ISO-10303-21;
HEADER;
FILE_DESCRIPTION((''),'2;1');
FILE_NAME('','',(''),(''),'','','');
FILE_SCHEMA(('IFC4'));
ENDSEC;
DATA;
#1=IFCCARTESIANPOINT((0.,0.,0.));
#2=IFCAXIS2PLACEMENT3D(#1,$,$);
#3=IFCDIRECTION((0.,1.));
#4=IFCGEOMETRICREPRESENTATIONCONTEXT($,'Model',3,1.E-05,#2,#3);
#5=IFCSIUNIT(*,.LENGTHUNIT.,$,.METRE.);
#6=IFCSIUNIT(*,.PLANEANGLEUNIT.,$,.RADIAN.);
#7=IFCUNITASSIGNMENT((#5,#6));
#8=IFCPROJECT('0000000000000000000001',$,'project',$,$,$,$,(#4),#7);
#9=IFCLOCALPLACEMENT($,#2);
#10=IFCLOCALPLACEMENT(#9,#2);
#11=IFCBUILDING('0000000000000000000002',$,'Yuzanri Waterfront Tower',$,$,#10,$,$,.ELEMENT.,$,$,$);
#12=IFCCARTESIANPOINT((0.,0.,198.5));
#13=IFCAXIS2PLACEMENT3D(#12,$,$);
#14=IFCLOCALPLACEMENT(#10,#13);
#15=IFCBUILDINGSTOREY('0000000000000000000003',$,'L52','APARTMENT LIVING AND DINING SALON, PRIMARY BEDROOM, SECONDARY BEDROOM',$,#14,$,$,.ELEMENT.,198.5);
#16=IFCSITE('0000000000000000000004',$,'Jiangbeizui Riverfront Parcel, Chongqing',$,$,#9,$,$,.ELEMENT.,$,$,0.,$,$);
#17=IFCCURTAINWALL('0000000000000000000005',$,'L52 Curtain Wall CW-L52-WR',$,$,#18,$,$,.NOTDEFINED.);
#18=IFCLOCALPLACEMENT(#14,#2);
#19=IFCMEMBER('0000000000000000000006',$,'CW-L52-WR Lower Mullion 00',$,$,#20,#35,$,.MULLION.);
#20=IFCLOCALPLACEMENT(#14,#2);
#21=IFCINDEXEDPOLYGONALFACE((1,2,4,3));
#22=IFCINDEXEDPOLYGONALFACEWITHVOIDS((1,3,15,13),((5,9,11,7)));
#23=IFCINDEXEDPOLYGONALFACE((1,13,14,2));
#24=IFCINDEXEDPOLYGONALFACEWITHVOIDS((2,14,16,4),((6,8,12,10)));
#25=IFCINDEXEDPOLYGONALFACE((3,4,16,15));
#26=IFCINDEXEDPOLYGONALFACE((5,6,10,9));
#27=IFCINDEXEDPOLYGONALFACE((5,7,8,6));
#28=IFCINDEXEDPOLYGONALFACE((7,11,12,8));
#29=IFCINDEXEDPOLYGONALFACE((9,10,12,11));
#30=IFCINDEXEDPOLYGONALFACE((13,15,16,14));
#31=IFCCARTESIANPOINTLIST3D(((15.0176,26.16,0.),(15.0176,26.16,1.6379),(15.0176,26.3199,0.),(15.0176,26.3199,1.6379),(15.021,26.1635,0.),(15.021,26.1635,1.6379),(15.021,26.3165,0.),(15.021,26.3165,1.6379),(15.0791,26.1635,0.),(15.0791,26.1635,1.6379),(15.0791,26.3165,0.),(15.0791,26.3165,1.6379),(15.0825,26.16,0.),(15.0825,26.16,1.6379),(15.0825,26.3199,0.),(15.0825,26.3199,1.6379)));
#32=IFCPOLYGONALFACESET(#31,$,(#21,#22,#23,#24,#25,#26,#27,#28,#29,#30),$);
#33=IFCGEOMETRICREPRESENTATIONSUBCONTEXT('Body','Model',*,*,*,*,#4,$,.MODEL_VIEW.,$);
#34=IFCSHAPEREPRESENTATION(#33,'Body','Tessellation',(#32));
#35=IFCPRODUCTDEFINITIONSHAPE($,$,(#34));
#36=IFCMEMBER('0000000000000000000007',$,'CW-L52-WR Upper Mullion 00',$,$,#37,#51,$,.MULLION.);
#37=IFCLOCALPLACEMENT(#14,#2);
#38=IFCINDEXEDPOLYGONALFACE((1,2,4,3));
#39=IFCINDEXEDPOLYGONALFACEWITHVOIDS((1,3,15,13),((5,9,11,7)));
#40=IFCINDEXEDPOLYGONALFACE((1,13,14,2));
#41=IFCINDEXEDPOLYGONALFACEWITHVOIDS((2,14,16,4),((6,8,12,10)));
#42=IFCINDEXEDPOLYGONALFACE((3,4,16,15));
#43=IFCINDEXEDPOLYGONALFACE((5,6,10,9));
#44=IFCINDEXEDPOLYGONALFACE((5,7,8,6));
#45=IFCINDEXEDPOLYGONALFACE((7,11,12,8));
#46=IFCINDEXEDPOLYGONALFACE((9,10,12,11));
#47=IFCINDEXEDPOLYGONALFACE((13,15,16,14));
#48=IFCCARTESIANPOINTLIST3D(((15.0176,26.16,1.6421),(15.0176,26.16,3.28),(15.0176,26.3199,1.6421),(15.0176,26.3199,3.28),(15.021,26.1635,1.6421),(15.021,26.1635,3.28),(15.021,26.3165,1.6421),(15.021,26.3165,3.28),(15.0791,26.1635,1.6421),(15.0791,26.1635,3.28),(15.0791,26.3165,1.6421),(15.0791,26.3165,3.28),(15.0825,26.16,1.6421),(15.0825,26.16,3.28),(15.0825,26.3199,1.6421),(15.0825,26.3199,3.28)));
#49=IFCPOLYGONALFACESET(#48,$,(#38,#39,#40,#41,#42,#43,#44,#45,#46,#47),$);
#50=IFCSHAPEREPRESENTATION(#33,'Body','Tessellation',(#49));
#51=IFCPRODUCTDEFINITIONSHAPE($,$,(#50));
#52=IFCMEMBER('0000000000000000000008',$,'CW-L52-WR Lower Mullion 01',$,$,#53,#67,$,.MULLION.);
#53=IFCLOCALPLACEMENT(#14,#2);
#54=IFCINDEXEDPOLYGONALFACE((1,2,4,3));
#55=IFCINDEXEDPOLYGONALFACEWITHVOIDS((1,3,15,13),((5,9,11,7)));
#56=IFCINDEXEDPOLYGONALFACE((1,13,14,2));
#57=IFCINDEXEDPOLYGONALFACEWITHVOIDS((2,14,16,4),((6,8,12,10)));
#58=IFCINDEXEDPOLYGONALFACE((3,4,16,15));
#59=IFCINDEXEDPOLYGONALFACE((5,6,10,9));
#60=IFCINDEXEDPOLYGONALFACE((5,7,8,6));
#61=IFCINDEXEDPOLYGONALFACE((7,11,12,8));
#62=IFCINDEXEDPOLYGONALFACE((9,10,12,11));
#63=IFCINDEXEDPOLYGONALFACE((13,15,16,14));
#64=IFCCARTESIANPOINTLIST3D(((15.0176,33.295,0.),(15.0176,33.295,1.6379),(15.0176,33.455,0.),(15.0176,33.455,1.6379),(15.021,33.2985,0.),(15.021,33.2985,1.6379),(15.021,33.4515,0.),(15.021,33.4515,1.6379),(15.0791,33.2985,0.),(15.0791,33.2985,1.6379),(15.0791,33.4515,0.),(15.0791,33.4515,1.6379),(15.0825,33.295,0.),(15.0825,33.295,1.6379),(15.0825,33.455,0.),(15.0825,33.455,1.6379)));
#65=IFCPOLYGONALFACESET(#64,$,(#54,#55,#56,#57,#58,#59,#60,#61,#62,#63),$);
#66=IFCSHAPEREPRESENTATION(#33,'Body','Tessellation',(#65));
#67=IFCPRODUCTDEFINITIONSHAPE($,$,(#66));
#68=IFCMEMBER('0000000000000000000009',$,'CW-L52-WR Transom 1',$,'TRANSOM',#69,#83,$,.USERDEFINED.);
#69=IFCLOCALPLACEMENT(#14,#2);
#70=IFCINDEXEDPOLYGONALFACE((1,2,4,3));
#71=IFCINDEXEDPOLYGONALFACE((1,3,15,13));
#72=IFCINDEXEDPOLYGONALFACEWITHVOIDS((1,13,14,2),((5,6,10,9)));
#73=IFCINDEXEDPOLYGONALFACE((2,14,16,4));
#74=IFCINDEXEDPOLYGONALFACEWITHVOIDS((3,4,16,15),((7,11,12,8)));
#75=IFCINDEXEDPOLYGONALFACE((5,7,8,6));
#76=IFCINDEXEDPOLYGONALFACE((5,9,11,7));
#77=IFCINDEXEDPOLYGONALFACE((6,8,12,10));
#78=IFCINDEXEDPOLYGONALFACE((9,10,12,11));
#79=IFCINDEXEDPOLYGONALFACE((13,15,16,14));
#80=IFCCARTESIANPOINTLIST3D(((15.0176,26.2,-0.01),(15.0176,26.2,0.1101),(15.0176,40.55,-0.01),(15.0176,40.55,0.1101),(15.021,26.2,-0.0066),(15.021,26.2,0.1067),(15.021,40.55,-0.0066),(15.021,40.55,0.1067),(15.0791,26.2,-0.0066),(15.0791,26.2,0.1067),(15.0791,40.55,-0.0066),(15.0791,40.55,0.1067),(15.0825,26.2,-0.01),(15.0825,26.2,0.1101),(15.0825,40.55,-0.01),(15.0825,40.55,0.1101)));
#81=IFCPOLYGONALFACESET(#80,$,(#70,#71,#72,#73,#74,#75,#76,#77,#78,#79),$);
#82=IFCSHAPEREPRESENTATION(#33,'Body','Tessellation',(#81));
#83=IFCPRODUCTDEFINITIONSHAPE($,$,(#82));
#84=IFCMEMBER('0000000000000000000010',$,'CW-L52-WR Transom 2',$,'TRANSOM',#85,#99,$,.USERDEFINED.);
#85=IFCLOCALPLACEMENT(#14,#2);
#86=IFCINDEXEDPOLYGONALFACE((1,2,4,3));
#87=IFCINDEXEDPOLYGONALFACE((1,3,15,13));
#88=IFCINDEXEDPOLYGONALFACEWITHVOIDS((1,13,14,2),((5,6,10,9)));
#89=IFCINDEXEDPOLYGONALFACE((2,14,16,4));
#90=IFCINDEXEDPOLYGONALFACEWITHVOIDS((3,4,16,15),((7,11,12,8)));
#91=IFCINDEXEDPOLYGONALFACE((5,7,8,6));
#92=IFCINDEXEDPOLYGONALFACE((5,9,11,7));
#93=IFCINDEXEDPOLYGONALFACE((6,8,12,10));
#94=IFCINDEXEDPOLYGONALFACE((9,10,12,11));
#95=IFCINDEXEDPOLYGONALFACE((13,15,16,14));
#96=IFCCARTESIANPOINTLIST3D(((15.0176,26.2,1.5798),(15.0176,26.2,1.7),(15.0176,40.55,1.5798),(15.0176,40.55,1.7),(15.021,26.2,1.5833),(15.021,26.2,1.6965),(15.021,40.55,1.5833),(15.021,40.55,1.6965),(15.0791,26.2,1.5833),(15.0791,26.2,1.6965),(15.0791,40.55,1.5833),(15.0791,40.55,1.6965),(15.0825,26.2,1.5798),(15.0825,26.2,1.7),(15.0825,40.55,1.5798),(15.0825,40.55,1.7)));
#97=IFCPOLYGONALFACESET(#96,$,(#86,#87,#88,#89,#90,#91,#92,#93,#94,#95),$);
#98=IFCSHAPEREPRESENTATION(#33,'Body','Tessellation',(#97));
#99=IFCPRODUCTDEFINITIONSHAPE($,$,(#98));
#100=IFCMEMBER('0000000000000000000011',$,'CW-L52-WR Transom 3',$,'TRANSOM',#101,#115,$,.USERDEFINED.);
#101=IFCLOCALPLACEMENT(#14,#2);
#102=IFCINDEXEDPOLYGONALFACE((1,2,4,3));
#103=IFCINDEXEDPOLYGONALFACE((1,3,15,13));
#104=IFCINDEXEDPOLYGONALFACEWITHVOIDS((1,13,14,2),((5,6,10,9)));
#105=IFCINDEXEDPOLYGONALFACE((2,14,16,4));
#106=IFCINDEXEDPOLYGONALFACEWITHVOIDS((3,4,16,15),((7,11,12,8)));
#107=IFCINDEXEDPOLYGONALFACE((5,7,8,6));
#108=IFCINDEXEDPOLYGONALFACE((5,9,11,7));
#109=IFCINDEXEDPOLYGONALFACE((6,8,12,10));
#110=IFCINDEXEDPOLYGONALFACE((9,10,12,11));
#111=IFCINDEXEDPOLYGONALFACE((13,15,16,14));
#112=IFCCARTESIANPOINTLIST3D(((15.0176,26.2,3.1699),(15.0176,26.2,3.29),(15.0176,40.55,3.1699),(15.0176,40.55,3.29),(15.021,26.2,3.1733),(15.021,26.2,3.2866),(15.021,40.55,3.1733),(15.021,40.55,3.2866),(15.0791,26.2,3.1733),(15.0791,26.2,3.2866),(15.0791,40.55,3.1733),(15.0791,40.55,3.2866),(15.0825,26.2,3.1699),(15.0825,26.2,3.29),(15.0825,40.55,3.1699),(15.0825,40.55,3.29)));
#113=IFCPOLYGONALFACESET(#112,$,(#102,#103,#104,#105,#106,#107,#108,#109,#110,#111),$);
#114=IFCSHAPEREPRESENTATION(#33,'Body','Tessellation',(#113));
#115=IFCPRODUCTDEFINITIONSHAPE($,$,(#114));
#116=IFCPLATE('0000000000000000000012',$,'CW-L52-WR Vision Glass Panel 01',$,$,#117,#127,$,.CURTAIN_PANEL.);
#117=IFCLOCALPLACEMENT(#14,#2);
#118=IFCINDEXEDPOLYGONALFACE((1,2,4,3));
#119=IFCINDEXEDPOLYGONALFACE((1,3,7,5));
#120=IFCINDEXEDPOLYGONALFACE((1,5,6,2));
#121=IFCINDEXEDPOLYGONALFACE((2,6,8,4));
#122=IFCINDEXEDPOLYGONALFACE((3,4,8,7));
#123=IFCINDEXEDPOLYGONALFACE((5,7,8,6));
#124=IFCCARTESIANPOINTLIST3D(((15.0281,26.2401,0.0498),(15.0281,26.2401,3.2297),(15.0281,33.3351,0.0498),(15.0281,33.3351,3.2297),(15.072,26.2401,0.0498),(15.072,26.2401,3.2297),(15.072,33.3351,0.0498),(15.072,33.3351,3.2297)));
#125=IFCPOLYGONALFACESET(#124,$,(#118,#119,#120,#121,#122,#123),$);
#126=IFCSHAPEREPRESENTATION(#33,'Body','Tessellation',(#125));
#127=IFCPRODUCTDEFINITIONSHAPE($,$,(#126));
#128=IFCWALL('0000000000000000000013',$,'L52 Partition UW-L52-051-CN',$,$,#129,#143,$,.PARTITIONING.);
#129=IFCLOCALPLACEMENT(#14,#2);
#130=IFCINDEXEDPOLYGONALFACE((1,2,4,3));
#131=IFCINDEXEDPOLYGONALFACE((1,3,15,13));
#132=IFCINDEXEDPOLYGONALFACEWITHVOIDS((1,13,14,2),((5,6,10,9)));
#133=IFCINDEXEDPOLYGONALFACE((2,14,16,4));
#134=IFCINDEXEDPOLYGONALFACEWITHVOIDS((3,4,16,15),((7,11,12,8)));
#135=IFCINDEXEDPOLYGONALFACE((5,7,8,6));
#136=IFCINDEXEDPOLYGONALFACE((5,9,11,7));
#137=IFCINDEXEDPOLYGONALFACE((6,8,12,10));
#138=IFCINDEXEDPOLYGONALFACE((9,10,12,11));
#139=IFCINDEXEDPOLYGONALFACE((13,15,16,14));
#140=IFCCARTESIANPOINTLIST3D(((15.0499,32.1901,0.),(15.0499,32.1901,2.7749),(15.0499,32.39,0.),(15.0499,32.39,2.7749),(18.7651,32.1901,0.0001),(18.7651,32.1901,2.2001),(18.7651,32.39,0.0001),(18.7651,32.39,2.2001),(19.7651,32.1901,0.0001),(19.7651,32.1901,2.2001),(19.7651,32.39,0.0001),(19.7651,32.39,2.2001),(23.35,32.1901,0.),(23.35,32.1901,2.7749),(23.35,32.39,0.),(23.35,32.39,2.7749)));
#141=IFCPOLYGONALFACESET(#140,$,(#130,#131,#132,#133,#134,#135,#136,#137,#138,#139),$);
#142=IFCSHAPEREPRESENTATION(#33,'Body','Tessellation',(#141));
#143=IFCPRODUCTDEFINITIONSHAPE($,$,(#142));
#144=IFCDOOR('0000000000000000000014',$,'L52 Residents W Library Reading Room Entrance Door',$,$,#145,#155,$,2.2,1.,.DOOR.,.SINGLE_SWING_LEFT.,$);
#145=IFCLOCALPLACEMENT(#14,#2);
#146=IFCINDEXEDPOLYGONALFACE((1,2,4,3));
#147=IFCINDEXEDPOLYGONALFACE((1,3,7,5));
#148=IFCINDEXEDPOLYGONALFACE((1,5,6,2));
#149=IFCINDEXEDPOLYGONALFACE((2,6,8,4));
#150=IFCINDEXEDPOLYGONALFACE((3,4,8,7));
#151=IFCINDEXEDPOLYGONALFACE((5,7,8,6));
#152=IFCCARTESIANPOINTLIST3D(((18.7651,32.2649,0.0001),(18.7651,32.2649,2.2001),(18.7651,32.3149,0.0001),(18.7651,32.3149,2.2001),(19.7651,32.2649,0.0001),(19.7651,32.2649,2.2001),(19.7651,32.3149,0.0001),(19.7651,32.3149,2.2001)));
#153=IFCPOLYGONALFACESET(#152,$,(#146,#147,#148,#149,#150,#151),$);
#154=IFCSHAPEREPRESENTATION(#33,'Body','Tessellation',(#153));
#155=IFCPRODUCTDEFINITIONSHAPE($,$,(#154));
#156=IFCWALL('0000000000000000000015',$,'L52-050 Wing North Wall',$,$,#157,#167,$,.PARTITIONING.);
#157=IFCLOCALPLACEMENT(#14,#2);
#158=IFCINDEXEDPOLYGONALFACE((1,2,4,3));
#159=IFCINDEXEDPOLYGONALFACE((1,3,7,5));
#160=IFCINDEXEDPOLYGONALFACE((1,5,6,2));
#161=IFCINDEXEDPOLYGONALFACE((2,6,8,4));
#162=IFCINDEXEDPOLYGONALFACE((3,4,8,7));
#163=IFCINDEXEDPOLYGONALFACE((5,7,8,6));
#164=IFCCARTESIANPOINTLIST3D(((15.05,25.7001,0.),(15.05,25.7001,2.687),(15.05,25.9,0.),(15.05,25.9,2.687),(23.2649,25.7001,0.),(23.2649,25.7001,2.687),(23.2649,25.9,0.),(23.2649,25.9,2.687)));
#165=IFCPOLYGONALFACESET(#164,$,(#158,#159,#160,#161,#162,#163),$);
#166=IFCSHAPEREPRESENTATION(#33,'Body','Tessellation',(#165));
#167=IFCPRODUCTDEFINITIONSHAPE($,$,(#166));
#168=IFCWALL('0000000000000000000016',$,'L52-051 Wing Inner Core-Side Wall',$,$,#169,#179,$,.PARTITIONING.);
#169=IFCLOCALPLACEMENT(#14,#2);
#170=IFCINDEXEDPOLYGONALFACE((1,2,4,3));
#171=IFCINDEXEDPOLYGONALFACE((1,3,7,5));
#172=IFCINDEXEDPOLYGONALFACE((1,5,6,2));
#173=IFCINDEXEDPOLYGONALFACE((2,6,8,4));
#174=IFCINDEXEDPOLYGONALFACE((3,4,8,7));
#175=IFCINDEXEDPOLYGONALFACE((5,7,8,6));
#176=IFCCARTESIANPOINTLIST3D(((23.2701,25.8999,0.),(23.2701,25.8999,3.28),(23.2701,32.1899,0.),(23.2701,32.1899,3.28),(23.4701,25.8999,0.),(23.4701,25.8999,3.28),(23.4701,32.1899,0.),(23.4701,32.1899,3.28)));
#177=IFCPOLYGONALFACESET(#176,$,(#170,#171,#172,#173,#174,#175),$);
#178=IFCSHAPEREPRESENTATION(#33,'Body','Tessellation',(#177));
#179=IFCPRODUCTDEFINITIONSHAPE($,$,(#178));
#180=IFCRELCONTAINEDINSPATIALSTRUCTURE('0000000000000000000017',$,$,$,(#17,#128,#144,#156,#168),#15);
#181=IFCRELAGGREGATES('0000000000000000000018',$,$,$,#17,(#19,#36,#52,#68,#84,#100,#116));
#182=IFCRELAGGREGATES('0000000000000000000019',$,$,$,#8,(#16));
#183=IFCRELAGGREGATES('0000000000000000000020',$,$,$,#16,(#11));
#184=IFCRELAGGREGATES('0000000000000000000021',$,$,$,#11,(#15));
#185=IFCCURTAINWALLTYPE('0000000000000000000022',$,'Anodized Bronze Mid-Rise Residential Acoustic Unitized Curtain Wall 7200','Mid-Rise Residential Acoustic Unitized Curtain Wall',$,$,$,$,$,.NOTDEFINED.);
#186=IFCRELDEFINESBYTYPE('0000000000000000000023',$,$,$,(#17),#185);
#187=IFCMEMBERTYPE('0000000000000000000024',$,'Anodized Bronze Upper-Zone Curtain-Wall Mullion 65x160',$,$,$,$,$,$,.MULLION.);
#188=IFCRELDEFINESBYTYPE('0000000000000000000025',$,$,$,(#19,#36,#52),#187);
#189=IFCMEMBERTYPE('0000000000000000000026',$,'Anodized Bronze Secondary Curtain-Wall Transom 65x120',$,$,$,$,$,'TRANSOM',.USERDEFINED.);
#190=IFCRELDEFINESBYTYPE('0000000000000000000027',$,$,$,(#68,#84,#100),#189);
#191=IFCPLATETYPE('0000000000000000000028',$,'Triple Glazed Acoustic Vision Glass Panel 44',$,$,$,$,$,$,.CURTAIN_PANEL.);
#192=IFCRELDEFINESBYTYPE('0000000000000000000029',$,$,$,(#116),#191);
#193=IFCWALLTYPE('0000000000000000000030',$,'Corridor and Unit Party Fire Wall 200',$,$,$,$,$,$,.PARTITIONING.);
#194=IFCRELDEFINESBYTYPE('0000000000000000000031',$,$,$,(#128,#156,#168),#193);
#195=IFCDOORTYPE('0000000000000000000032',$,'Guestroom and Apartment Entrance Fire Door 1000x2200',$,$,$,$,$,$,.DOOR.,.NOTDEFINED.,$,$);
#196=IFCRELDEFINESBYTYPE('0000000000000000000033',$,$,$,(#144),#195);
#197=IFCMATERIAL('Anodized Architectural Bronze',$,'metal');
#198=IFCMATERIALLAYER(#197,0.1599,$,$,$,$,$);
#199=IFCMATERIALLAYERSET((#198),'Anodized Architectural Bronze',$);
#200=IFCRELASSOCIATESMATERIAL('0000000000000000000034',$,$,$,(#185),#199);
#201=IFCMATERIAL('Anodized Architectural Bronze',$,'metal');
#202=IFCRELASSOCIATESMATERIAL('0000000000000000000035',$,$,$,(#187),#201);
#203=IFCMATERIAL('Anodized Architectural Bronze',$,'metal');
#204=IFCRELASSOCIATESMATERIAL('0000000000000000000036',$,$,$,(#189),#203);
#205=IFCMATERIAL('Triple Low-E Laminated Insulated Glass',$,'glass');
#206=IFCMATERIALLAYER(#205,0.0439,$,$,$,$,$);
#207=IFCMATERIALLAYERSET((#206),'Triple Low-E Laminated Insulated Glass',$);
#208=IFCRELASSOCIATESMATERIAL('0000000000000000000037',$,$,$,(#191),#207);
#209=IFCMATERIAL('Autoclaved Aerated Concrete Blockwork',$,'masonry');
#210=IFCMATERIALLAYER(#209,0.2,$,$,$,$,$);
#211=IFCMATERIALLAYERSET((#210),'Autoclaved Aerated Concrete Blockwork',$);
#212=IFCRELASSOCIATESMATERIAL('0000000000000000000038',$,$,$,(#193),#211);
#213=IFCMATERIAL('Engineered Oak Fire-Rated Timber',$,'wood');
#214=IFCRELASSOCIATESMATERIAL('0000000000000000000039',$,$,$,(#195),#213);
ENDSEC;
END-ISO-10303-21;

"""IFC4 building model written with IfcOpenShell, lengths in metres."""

from ifc_helpers import new_model, si_unit, direction, frame, frame_2d, origin, origin_2d, place, context, subcontext, project, spatial, rectangle, hollow_rectangle, extrude, source, transform, mapped, material, layer, layer_set, material_profile, profile_set, type_object, element, fill, aggregate, save


model = new_model("IFC4")

# Units and contexts
model_context = context("Model", 3, precision=1e-05, world=origin(), true_north=direction((0.0, 1.0)))
body_context = subcontext(model_context, "Body", "Model", "MODEL_VIEW")
ifc_project = project(units=[si_unit("LENGTHUNIT", "METRE"), si_unit("PLANEANGLEUNIT", "RADIAN")], contexts=[model_context])

# Site, building, storey
site_placement = place(None, origin())
site = spatial("IfcSite", under=ifc_project, at=site_placement, Name="Jiangbeizui Riverfront Parcel, Chongqing", CompositionType="ELEMENT", RefElevation=0.0)
building_placement = place(site_placement, origin())
building = spatial("IfcBuilding", under=site, at=building_placement, Name="Yuzanri Waterfront Tower", CompositionType="ELEMENT")
storey_placement = place(building_placement, frame((0.0, 0.0, 198.5)))
storey = spatial("IfcBuildingStorey", under=building, at=storey_placement, Name="L52", Description="APARTMENT LIVING AND DINING SALON, PRIMARY BEDROOM, SECONDARY BEDROOM", CompositionType="ELEMENT", Elevation=198.5)

# Shared definitions
ifc_material_1 = material(Name="Anodized Architectural Bronze", Category="metal")
ifc_layer_1 = layer(ifc_material_1, 0.1599)
ifc_layer_set_1 = layer_set([ifc_layer_1], Name="Anodized Architectural Bronze")
curtain_wall_type = type_object("IfcCurtainWallType", Name="Anodized Bronze Mid-Rise Residential Acoustic Unitized Curtain Wall 7200", Description="Mid-Rise Residential Acoustic Unitized Curtain Wall", PredefinedType="NOTDEFINED", material=ifc_layer_set_1)
ifc_material_2 = material(Name="Anodized Architectural Bronze", Category="metal")
ifc_material_profile_1 = material_profile(ifc_material_2, hollow_rectangle(XDim=0.0649, YDim=0.1599, WallThickness=0.0034, at=origin_2d()), Name="CWM 65x160")
ifc_profile_set_1 = profile_set([ifc_material_profile_1], Name="Anodized Architectural Bronze")
member_type_1 = type_object("IfcMemberType", Name="Anodized Bronze Upper-Zone Curtain-Wall Mullion 65x160", PredefinedType="MULLION", material=ifc_profile_set_1)
shared_shape_1 = source(origin(), body_context, "Body", "SweptSolid", [
    extrude(hollow_rectangle(XDim=0.0649, YDim=0.1599, WallThickness=0.0034, at=origin_2d()), origin(), (0.0, 0.0, 1.0), 1.6379),
])

# Curtain wall, members, plate
curtain_wall_1_placement = place(storey_placement, origin())
curtain_wall_1 = element("IfcCurtainWall", 1, at=curtain_wall_1_placement, inside=storey, type_object=curtain_wall_type, Name="L52 Curtain Wall CW-L52-WR", PredefinedType="NOTDEFINED")
member_1_placement = place(storey_placement, frame((15.05, 26.24, 0.0), z_axis=(0.0, 0.0, 1.0), x_axis=(1.0, 0.0, 0.0)))
member_1 = element("IfcMember", 2, at=member_1_placement, type_object=member_type_1, Name="CW-L52-WR Lower Mullion 00", PredefinedType="MULLION", context=body_context, shape_type="MappedRepresentation", body=[
    mapped(shared_shape_1, transform((0.0, 0.0, 0.0), scale=1.0)),
])
member_2_placement = place(storey_placement, frame((15.05, 26.24, 1.6421), z_axis=(0.0, 0.0, 1.0), x_axis=(1.0, 0.0, 0.0)))
member_2 = element("IfcMember", 3, at=member_2_placement, type_object=member_type_1, Name="CW-L52-WR Upper Mullion 00", PredefinedType="MULLION", context=body_context, shape_type="MappedRepresentation", body=[
    mapped(shared_shape_1, transform((0.0, 0.0, 0.0), scale=1.0)),
])
member_3_placement = place(storey_placement, frame((15.05, 33.375, 0.0), z_axis=(0.0, 0.0, 1.0), x_axis=(1.0, 0.0, 0.0)))
member_3 = element("IfcMember", 4, at=member_3_placement, type_object=member_type_1, Name="CW-L52-WR Lower Mullion 01", PredefinedType="MULLION", context=body_context, shape_type="MappedRepresentation", body=[
    mapped(shared_shape_1, transform((0.0, 0.0, 0.0), scale=1.0)),
])
ifc_material_3 = material(Name="Anodized Architectural Bronze", Category="metal")
ifc_material_profile_2 = material_profile(ifc_material_3, hollow_rectangle(XDim=0.0649, YDim=0.1201, WallThickness=0.0034, at=origin_2d()), Name="CWT 65x120")
ifc_profile_set_2 = profile_set([ifc_material_profile_2], Name="Anodized Architectural Bronze")
member_type_2 = type_object("IfcMemberType", Name="Anodized Bronze Secondary Curtain-Wall Transom 65x120", ElementType="TRANSOM", PredefinedType="USERDEFINED", material=ifc_profile_set_2)
shared_shape_2 = source(origin(), body_context, "Body", "SweptSolid", [
    extrude(hollow_rectangle(XDim=0.0649, YDim=0.1201, WallThickness=0.0034, at=origin_2d()), origin(), (0.0, 0.0, 1.0), 14.3501),
])
member_4_placement = place(storey_placement, frame((15.05, 26.2, 0.05), z_axis=(0.0, 1.0, 0.0), x_axis=(-1.0, 0.0, 0.0)))
member_4 = element("IfcMember", 5, at=member_4_placement, type_object=member_type_2, Name="CW-L52-WR Transom 1", ObjectType="TRANSOM", PredefinedType="USERDEFINED", context=body_context, shape_type="MappedRepresentation", body=[
    mapped(shared_shape_2, transform((0.0, 0.0, 0.0), scale=1.0)),
])
member_5_placement = place(storey_placement, frame((15.05, 26.2, 1.6399), z_axis=(0.0, 1.0, 0.0), x_axis=(-1.0, 0.0, 0.0)))
member_5 = element("IfcMember", 6, at=member_5_placement, type_object=member_type_2, Name="CW-L52-WR Transom 2", ObjectType="TRANSOM", PredefinedType="USERDEFINED", context=body_context, shape_type="MappedRepresentation", body=[
    mapped(shared_shape_2, transform((0.0, 0.0, 0.0), scale=1.0)),
])
member_6_placement = place(storey_placement, frame((15.05, 26.2, 3.23), z_axis=(0.0, 1.0, 0.0), x_axis=(-1.0, 0.0, 0.0)))
member_6 = element("IfcMember", 7, at=member_6_placement, type_object=member_type_2, Name="CW-L52-WR Transom 3", ObjectType="TRANSOM", PredefinedType="USERDEFINED", context=body_context, shape_type="MappedRepresentation", body=[
    mapped(shared_shape_2, transform((0.0, 0.0, 0.0), scale=1.0)),
])
ifc_material_4 = material(Name="Triple Low-E Laminated Insulated Glass", Category="glass")
ifc_layer_2 = layer(ifc_material_4, 0.0439)
ifc_layer_set_2 = layer_set([ifc_layer_2], Name="Triple Low-E Laminated Insulated Glass")
plate_type = type_object("IfcPlateType", Name="Triple Glazed Acoustic Vision Glass Panel 44", PredefinedType="CURTAIN_PANEL", material=ifc_layer_set_2)
shared_shape_3 = source(origin(), body_context, "Body", "SweptSolid", [
    extrude(rectangle(XDim=7.095, YDim=0.0439, at=origin_2d()), origin(), (0.0, 0.0, 1.0), 3.1799),
])
plate_placement = place(storey_placement, frame((15.05, 29.7876, 0.0498), z_axis=(0.0, 0.0, 1.0), x_axis=(0.0, 1.0, 0.0)))
plate = element("IfcPlate", 8, at=plate_placement, type_object=plate_type, Name="CW-L52-WR Vision Glass Panel 01", PredefinedType="CURTAIN_PANEL", context=body_context, shape_type="MappedRepresentation", body=[
    mapped(shared_shape_3, transform((0.0, 0.0, 0.0), scale=1.0)),
])
aggregate(curtain_wall_1, [member_1, member_2, member_3, member_4, member_5, member_6, plate])

# Wall, opening, door
ifc_material_5 = material(Name="Autoclaved Aerated Concrete Blockwork", Category="masonry")
ifc_layer_3 = layer(ifc_material_5, 0.2)
ifc_layer_set_3 = layer_set([ifc_layer_3], Name="Autoclaved Aerated Concrete Blockwork")
wall_type_1 = type_object("IfcWallType", Name="Corridor and Unit Party Fire Wall 200", PredefinedType="PARTITIONING", material=ifc_layer_set_3)
wall_1_placement = place(storey_placement, frame((15.05, 32.29, 0.0), z_axis=(0.0, 0.0, 1.0), x_axis=(1.0, 0.0, 0.0)))
wall_1 = element("IfcWall", 9, at=wall_1_placement, inside=storey, type_object=wall_type_1, Name="L52 Partition UW-L52-051-CN", PredefinedType="PARTITIONING", context=body_context, shape_type="SweptSolid", body=[
    extrude(rectangle(XDim=8.3, YDim=0.2, at=frame_2d((4.1499, 0.0))), origin(), (0.0, 0.0, 1.0), 2.7749),
])
opening_1_placement = place(wall_1_placement, frame((3.7151, 0.0, 0.0)))
opening_1 = element("IfcOpeningElement", 10, at=opening_1_placement, cuts=wall_1, PredefinedType="OPENING", context=body_context, shape_type="SweptSolid", body=[
    extrude(rectangle(XDim=1.0, YDim=2.2, at=frame_2d((0.5, 1.1001))), frame((0.0, 0.1147, 0.0), z_axis=(0.0, -1.0, 0.0), x_axis=(1.0, 0.0, 0.0)), (0.0, 0.0, 1.0), 0.2297),
])
ifc_material_6 = material(Name="Engineered Oak Fire-Rated Timber", Category="wood")
door_type_1 = type_object("IfcDoorType", Name="Guestroom and Apartment Entrance Fire Door 1000x2200", OperationType="NOTDEFINED", PredefinedType="DOOR", material=ifc_material_6)
shared_shape_4 = source(origin(), body_context, "Body", "SweptSolid", [
    extrude(rectangle(XDim=1.0, YDim=2.2, at=frame_2d((0.5, 1.1001))), frame((0.0, 0.0249, 0.0), z_axis=(0.0, -1.0, 0.0), x_axis=(1.0, 0.0, 0.0)), (0.0, 0.0, 1.0), 0.05),
])
door_1_placement = place(opening_1_placement, origin())
door_1 = element("IfcDoor", 11, at=door_1_placement, inside=storey, type_object=door_type_1, Name="L52 Residents W Library Reading Room Entrance Door", OperationType="SINGLE_SWING_LEFT", OverallHeight=2.2, OverallWidth=1.0, PredefinedType="DOOR", context=body_context, shape_type="MappedRepresentation", body=[
    mapped(shared_shape_4, transform((0.0, 0.0, 0.0), scale=1.0)),
])
fill(opening_1, door_1)

# Walls
shared_shape_5 = source(origin(), body_context, "Body", "SweptSolid", [
    extrude(rectangle(XDim=8.2148, YDim=0.2, at=frame_2d((4.1074, 0.0))), origin(), (0.0, 0.0, 1.0), 2.687),
])
wall_2_placement = place(storey_placement, frame((15.05, 25.8, 0.0), z_axis=(0.0, 0.0, 1.0), x_axis=(1.0, 0.0, 0.0)))
element("IfcWall", 12, at=wall_2_placement, inside=storey, type_object=wall_type_1, Name="L52-050 Wing North Wall", PredefinedType="PARTITIONING", context=body_context, shape_type="MappedRepresentation", body=[
    mapped(shared_shape_5, transform((0.0, 0.0, 0.0), scale=1.0)),
])
shared_shape_6 = source(origin(), body_context, "Body", "SweptSolid", [
    extrude(rectangle(XDim=6.29, YDim=0.2, at=frame_2d((3.145, 0.0))), origin(), (0.0, 0.0, 1.0), 3.28),
])
wall_3_placement = place(storey_placement, frame((23.3701, 25.8999, 0.0), z_axis=(0.0, 0.0, 1.0), x_axis=(0.0, 1.0, 0.0)))
element("IfcWall", 13, at=wall_3_placement, inside=storey, type_object=wall_type_1, Name="L52-051 Wing Inner Core-Side Wall", PredefinedType="PARTITIONING", context=body_context, shape_type="MappedRepresentation", body=[
    mapped(shared_shape_6, transform((0.0, 0.0, 0.0), scale=1.0)),
])

save(model, "model.ifc")
